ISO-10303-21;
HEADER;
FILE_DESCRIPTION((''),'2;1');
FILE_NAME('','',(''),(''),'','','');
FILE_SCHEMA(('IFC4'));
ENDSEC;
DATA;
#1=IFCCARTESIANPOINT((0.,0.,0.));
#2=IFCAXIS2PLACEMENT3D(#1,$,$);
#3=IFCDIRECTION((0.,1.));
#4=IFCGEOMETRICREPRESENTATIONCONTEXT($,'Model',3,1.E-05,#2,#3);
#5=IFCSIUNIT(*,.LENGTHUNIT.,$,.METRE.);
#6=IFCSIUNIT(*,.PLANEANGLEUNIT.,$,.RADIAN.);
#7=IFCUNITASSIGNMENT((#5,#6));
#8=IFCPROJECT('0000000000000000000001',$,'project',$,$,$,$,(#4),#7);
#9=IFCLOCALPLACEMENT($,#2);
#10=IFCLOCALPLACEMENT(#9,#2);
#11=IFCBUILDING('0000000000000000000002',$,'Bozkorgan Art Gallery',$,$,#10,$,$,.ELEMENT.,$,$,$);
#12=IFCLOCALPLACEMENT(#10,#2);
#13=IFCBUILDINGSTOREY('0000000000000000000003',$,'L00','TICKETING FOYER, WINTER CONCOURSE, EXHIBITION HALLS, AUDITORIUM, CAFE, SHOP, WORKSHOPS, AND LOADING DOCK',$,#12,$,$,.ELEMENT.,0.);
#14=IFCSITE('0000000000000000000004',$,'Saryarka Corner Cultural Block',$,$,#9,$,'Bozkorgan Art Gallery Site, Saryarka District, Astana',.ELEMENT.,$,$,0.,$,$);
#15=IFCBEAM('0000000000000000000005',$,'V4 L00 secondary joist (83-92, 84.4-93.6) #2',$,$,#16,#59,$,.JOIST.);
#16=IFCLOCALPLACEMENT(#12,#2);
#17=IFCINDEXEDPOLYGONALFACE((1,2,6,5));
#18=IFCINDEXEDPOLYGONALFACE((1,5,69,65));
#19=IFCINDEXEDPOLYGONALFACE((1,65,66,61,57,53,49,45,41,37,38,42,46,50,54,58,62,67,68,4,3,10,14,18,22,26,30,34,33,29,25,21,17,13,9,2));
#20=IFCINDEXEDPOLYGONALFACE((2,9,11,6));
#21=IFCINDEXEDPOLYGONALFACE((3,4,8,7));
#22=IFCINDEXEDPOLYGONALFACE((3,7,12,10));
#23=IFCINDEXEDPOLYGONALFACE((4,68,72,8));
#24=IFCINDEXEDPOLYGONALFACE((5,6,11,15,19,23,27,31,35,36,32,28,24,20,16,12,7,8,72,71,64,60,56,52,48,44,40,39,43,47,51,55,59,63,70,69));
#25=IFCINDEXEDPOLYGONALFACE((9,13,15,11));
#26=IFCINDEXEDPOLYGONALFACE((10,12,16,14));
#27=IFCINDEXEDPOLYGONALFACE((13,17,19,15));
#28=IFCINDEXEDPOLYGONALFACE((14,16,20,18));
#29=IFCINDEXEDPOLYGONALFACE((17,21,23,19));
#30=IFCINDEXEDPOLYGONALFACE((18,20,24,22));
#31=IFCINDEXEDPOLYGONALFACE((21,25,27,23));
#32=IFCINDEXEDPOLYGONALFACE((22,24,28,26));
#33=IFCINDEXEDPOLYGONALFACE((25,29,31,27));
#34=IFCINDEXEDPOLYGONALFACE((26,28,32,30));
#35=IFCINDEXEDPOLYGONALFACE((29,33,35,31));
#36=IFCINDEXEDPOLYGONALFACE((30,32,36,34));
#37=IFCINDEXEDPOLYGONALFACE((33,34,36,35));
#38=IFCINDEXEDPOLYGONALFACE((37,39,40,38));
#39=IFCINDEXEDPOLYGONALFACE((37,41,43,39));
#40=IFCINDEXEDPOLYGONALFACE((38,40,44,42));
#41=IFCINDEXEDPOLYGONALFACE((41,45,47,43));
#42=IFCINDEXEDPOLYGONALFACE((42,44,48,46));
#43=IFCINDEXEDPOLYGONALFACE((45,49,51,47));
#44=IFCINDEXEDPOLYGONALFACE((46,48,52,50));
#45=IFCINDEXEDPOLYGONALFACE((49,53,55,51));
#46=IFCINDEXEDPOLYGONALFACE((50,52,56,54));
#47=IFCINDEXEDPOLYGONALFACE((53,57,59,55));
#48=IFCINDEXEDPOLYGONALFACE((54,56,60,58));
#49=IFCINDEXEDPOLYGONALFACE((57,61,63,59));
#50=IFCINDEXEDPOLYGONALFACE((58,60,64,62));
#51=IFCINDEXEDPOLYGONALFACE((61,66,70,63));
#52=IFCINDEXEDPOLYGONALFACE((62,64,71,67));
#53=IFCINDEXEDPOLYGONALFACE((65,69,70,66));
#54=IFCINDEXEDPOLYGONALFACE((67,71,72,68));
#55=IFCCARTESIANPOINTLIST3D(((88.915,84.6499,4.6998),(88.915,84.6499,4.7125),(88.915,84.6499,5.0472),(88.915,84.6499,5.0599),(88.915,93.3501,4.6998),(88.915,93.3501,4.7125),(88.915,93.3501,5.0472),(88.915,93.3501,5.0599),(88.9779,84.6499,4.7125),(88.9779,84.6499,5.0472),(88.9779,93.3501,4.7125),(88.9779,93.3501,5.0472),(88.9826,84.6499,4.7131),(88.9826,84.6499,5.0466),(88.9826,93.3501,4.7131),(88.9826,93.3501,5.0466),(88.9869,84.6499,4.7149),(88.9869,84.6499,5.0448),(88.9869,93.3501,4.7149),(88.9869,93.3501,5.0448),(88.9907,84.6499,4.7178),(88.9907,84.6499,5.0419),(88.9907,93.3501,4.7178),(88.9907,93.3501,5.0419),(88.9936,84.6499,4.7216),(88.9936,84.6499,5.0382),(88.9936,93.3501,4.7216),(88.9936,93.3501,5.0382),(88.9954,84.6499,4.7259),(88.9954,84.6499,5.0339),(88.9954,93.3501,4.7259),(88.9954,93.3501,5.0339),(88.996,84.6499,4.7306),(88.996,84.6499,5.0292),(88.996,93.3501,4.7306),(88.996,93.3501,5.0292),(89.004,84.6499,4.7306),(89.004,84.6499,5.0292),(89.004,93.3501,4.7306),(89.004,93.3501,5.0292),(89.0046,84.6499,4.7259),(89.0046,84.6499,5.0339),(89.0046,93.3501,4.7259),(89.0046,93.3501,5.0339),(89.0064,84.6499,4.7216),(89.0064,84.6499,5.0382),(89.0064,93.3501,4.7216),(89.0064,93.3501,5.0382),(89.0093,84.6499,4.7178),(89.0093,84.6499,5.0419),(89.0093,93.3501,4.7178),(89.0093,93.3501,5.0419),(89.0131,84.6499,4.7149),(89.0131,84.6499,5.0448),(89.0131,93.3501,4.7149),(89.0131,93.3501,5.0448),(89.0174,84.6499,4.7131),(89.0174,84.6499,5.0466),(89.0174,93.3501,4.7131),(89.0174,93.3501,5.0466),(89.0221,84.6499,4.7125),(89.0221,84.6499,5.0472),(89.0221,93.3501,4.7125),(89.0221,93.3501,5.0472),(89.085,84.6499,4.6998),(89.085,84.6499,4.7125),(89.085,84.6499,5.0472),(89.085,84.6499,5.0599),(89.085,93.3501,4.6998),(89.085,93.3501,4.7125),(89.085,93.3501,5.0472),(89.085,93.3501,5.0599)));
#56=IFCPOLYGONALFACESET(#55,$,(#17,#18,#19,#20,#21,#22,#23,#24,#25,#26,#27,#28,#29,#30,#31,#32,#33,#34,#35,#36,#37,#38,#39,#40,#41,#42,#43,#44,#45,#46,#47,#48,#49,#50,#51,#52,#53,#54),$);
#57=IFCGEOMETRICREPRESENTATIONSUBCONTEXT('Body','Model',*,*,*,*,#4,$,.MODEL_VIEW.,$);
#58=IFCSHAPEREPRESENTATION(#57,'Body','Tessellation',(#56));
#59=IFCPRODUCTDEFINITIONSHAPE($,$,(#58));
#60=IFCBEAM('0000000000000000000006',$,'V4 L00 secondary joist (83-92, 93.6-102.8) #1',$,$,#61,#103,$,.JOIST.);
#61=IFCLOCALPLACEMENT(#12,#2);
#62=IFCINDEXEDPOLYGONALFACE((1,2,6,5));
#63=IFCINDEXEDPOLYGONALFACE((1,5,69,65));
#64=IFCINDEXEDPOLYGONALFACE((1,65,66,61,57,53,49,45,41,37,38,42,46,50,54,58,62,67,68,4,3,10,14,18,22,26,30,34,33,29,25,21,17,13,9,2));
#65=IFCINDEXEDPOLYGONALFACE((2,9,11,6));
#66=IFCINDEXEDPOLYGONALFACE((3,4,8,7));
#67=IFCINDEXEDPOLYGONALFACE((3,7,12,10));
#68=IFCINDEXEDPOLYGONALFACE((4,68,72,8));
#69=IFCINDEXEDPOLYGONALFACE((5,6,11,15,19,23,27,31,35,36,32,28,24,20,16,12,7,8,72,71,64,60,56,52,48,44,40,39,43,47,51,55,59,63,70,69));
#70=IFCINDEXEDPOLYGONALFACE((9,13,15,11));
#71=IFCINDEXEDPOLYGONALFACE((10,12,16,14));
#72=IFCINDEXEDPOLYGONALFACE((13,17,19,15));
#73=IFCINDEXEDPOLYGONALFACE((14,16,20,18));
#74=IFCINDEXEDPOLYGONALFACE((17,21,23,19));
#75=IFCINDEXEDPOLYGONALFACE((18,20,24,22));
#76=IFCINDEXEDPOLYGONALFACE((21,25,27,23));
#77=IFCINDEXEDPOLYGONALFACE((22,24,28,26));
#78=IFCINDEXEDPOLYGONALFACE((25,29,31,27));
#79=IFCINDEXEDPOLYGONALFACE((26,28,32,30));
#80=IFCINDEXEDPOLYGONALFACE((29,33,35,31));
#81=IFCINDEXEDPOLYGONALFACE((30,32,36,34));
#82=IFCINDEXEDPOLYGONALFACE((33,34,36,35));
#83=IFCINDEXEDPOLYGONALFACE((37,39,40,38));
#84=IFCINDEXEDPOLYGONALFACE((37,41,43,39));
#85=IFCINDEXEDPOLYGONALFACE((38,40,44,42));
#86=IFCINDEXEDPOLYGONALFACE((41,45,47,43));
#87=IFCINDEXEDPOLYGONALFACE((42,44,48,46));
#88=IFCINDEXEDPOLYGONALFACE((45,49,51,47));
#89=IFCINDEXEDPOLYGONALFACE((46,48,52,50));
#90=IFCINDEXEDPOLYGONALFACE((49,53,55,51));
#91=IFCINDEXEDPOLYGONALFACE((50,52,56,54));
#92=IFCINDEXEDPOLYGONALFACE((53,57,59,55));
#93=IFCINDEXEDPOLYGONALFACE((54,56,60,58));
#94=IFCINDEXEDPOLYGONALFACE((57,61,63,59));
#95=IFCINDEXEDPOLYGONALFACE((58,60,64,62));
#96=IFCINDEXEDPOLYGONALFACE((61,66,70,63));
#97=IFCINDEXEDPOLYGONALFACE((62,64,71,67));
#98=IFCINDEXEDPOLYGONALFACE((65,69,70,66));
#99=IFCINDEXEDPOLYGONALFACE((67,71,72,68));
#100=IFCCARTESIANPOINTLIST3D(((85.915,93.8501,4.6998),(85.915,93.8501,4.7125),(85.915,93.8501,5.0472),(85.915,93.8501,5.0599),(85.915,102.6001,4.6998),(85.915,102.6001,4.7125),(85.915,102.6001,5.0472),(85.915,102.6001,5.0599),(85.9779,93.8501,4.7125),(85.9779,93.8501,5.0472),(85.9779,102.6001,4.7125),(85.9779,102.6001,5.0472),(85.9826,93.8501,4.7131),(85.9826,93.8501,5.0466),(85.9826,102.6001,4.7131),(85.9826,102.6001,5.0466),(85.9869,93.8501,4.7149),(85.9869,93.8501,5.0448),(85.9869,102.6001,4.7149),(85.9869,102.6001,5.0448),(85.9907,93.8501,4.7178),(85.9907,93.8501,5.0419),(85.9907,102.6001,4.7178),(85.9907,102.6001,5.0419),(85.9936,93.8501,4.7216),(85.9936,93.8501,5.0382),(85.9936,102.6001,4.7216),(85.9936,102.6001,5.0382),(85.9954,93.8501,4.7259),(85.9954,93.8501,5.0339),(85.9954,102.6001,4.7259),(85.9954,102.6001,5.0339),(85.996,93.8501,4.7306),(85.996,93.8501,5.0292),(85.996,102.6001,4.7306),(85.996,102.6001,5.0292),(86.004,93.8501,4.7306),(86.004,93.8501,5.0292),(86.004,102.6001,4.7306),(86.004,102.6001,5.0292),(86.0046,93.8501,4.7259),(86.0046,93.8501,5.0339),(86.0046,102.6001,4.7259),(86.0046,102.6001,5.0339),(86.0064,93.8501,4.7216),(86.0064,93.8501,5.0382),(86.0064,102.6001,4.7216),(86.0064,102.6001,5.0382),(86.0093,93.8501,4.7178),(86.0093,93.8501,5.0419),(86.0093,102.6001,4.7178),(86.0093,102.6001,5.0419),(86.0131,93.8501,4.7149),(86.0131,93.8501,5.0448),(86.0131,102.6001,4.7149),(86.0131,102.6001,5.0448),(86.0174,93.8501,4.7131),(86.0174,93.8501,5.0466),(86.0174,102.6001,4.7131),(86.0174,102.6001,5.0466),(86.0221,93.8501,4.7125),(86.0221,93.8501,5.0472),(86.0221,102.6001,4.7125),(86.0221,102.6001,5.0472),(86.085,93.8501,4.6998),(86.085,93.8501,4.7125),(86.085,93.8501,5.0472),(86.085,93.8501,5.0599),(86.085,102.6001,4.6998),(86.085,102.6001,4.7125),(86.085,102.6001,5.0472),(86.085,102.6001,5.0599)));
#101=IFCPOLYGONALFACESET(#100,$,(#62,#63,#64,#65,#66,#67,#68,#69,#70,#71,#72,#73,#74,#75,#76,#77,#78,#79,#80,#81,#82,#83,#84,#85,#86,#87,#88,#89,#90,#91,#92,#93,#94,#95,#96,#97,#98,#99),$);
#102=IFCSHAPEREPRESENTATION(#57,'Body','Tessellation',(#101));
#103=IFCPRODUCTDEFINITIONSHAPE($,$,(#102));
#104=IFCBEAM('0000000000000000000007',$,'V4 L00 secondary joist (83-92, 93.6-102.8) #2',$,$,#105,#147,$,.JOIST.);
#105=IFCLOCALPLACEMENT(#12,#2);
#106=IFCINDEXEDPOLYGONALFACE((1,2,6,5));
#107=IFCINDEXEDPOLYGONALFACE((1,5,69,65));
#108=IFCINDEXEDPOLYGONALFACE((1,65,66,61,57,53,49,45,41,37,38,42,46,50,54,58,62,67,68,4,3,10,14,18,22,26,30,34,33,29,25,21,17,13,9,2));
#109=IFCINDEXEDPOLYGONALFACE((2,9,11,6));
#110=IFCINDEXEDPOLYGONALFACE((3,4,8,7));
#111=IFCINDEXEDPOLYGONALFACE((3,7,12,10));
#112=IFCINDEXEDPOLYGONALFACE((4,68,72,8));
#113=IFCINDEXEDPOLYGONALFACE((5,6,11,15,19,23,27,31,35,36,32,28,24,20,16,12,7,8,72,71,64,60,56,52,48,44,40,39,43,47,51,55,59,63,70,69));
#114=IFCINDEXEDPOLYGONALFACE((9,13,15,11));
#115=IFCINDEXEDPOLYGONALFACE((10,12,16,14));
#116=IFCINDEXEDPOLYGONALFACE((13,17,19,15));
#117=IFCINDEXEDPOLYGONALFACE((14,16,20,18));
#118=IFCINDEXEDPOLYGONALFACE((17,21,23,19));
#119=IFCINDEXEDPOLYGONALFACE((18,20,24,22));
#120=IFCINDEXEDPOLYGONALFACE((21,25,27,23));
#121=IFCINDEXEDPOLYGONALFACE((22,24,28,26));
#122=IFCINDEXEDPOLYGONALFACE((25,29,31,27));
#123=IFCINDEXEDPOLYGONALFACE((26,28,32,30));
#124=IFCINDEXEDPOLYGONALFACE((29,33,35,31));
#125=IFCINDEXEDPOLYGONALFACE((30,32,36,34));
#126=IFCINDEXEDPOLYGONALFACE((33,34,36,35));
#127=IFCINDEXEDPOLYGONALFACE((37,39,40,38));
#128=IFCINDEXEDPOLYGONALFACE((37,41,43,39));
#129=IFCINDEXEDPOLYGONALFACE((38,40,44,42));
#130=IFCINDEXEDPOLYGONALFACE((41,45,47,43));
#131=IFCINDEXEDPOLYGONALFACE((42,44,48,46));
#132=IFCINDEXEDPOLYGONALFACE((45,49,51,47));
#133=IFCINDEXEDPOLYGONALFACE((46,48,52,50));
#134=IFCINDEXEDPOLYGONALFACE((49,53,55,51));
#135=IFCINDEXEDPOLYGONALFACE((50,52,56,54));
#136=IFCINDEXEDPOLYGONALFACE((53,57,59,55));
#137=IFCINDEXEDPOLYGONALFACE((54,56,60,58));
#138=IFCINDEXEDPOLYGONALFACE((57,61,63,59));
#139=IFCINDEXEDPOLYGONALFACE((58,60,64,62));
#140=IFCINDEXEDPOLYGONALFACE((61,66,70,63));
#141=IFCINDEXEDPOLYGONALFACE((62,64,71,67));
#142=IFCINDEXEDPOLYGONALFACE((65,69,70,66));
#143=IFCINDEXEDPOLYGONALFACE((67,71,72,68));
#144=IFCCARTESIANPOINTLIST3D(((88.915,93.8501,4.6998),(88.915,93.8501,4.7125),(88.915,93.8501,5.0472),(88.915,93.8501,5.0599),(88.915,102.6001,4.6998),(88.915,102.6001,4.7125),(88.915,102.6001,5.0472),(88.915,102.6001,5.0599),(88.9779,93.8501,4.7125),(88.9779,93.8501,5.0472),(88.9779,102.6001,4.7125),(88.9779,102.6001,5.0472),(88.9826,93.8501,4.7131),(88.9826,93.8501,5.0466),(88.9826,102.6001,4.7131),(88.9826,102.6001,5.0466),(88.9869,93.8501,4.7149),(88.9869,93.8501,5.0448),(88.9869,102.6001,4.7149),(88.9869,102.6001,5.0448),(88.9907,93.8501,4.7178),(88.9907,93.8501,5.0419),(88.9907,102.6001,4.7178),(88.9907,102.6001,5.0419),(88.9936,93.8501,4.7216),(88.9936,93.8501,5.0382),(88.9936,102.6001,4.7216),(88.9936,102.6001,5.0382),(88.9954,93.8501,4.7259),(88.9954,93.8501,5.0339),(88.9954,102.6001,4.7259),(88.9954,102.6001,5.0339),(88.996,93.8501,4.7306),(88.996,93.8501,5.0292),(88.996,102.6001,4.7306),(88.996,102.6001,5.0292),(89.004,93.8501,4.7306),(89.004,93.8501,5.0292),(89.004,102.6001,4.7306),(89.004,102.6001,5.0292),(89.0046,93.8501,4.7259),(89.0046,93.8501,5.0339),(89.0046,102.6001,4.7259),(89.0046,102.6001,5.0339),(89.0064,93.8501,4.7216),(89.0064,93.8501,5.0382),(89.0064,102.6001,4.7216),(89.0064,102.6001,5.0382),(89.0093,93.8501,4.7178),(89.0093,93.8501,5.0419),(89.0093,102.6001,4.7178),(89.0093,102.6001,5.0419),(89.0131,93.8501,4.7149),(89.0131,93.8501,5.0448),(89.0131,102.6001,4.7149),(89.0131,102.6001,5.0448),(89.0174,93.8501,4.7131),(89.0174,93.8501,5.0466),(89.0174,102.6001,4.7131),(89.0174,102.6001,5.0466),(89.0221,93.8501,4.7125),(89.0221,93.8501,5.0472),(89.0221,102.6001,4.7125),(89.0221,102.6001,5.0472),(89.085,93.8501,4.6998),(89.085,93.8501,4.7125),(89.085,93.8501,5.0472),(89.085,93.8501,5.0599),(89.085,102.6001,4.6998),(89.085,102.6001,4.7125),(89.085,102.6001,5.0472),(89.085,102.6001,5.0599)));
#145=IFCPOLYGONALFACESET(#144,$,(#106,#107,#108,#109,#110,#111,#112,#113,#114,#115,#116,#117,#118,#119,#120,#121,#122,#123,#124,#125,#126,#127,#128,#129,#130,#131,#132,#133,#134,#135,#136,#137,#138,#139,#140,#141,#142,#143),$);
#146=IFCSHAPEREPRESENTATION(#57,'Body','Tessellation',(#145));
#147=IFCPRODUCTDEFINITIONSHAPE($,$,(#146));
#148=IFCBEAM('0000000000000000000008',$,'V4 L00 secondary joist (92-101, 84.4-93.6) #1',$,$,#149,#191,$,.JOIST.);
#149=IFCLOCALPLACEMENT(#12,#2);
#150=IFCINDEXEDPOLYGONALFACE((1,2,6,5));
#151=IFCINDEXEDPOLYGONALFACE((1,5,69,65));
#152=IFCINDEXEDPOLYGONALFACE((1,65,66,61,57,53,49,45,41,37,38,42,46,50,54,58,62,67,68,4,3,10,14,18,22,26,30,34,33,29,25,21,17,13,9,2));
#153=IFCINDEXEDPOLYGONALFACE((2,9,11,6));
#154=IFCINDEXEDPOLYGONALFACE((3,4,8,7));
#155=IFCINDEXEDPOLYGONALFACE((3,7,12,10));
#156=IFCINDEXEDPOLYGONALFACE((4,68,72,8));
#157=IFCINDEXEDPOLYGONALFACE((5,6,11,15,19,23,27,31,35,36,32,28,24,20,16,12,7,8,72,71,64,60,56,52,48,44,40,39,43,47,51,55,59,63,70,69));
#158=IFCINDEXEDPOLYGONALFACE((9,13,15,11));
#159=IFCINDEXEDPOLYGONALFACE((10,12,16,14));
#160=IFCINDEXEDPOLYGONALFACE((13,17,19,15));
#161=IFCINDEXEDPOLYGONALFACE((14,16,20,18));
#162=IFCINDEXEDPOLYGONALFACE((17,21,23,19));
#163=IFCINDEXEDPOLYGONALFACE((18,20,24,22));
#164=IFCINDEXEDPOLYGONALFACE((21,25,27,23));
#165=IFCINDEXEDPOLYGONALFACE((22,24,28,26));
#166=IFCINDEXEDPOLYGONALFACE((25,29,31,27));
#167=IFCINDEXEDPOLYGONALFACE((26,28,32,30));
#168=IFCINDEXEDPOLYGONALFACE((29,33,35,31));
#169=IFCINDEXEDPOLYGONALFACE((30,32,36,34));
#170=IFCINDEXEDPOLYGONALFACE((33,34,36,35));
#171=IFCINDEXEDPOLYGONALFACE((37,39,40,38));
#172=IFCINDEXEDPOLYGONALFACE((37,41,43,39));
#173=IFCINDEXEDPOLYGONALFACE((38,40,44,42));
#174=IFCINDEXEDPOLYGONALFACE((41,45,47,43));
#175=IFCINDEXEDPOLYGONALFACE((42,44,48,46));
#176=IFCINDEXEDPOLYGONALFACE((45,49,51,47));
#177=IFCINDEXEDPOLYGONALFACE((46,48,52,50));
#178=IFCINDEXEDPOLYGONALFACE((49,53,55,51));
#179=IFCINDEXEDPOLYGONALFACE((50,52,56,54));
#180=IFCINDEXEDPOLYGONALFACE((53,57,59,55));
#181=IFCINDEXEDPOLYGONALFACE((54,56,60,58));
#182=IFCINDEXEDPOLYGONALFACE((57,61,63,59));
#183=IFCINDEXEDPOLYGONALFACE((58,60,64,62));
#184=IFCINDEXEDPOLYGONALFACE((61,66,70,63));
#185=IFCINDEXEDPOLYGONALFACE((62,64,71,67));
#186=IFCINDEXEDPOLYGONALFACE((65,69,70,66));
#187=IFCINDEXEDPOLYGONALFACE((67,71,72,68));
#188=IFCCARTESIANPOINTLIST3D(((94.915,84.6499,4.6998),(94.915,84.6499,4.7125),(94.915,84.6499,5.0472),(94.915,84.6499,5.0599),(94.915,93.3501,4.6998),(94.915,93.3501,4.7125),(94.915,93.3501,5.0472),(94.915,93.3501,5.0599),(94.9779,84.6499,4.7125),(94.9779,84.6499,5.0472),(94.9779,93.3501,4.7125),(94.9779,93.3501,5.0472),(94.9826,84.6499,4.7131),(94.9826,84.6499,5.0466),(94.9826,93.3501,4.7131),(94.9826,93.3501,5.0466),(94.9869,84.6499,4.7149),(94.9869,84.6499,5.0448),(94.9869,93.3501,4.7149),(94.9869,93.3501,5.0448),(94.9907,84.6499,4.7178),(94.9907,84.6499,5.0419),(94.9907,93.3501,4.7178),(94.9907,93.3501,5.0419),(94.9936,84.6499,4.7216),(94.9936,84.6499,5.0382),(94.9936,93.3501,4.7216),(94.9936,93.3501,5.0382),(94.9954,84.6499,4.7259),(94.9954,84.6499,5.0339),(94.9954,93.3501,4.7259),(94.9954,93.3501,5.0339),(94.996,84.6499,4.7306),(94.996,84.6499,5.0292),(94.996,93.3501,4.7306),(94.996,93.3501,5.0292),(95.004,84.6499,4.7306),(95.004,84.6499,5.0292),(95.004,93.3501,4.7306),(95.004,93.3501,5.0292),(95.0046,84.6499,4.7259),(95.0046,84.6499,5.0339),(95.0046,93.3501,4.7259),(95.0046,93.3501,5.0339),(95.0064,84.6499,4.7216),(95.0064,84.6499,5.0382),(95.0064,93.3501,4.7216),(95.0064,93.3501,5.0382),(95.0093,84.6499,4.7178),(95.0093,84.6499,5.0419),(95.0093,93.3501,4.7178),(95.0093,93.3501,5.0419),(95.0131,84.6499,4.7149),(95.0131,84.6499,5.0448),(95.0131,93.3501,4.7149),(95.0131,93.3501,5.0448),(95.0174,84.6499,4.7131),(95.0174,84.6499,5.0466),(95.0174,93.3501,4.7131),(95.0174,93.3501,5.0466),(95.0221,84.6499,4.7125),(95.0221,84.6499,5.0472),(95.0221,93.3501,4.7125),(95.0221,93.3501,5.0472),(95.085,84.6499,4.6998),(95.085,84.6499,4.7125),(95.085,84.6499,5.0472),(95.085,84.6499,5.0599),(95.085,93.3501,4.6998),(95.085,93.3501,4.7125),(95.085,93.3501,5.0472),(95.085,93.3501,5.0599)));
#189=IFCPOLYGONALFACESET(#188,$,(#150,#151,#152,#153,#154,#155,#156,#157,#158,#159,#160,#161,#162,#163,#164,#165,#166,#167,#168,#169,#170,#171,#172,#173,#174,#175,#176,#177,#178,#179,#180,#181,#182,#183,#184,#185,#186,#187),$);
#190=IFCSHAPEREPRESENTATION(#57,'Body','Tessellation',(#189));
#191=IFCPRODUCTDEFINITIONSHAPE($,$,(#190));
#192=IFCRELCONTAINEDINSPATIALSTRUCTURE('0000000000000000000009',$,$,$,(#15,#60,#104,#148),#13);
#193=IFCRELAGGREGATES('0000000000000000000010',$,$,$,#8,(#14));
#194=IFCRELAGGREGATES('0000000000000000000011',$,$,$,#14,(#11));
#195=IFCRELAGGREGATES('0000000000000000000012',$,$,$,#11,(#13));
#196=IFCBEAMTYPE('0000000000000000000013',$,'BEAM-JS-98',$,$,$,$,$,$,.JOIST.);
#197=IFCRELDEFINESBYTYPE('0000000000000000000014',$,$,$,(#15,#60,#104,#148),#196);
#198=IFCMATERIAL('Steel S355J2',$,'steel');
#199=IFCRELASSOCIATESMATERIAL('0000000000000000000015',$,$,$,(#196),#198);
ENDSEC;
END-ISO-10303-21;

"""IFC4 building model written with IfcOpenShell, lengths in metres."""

from ifc_helpers import new_model, si_unit, direction, frame, origin, origin_2d, place, context, subcontext, project, spatial, i_section, extrude, material, material_profile, profile_set, type_object, element, save


model = new_model("IFC4")

# Units and contexts
model_context = context("Model", 3, precision=1e-05, world=origin(), true_north=direction((0.0, 1.0)))
body_context = subcontext(model_context, "Body", "Model", "MODEL_VIEW")
ifc_project = project(units=[si_unit("LENGTHUNIT", "METRE"), si_unit("PLANEANGLEUNIT", "RADIAN")], contexts=[model_context])

# Site, building, storey
site_placement = place(None, origin())
site = spatial("IfcSite", under=ifc_project, at=site_placement, Name="Saryarka Corner Cultural Block", LongName="Bozkorgan Art Gallery Site, Saryarka District, Astana", CompositionType="ELEMENT", RefElevation=0.0)
building_placement = place(site_placement, origin())
building = spatial("IfcBuilding", under=site, at=building_placement, Name="Bozkorgan Art Gallery", CompositionType="ELEMENT")
storey_placement = place(building_placement, origin())
storey = spatial("IfcBuildingStorey", under=building, at=storey_placement, Name="L00", Description="TICKETING FOYER, WINTER CONCOURSE, EXHIBITION HALLS, AUDITORIUM, CAFE, SHOP, WORKSHOPS, AND LOADING DOCK", CompositionType="ELEMENT", Elevation=0.0)

# Beams
ifc_material_1 = material(Name="Steel S355J2", Category="steel")
ifc_material_profile_1 = material_profile(ifc_material_1, i_section(OverallWidth=0.1699, OverallDepth=0.3601, WebThickness=0.0081, FlangeThickness=0.0127, FilletRadius=0.0181, at=origin_2d()), Name="IPE 360")
ifc_profile_set_1 = profile_set([ifc_material_profile_1], Name="Steel S355J2")
beam_type_1 = type_object("IfcBeamType", Name="BEAM-JS-98", PredefinedType="JOIST", material=ifc_profile_set_1)
beam_1_placement = place(storey_placement, frame((89.0, 84.6499, 4.8799), z_axis=(0.0, 1.0, 0.0), x_axis=(-1.0, 0.0, 0.0)))
element("IfcBeam", 1, at=beam_1_placement, inside=storey, type_object=beam_type_1, Name="V4 L00 secondary joist (83-92, 84.4-93.6) #2", PredefinedType="JOIST", context=body_context, shape_type="SweptSolid", body=[
    extrude(i_section(OverallWidth=0.1699, OverallDepth=0.3601, WebThickness=0.0081, FlangeThickness=0.0127, FilletRadius=0.0181, at=origin_2d()), origin(), (0.0, 0.0, 1.0), 8.7002),
])
for number, where, z_axis, x_axis, name in (
    (2, (86.0, 93.8501, 4.8799), (0.0, 1.0, 0.0), (-1.0, 0.0, 0.0), "V4 L00 secondary joist (83-92, 93.6-102.8) #1"),
    (3, (89.0, 93.8501, 4.8799), (0.0, 1.0, 0.0), (-1.0, 0.0, 0.0), "V4 L00 secondary joist (83-92, 93.6-102.8) #2"),
):
    element("IfcBeam", number, at=place(storey_placement, frame(where, z_axis=z_axis, x_axis=x_axis)), inside=storey, type_object=beam_type_1, Name=name, PredefinedType="JOIST", context=body_context, shape_type="SweptSolid", body=[
        extrude(i_section(OverallWidth=0.1699, OverallDepth=0.3601, WebThickness=0.0081, FlangeThickness=0.0127, FilletRadius=0.0181, at=origin_2d()), origin(), (0.0, 0.0, 1.0), 8.75),
    ])
for number, where, z_axis, x_axis, name in (
    (4, (95.0, 84.6499, 4.8799), (0.0, 1.0, 0.0), (-1.0, 0.0, 0.0), "V4 L00 secondary joist (92-101, 84.4-93.6) #1"),
):
    element("IfcBeam", number, at=place(storey_placement, frame(where, z_axis=z_axis, x_axis=x_axis)), inside=storey, type_object=beam_type_1, Name=name, PredefinedType="JOIST", context=body_context, shape_type="SweptSolid", body=[
        extrude(i_section(OverallWidth=0.1699, OverallDepth=0.3601, WebThickness=0.0081, FlangeThickness=0.0127, FilletRadius=0.0181, at=origin_2d()), origin(), (0.0, 0.0, 1.0), 8.7002),
    ])

save(model, "model.ifc")
